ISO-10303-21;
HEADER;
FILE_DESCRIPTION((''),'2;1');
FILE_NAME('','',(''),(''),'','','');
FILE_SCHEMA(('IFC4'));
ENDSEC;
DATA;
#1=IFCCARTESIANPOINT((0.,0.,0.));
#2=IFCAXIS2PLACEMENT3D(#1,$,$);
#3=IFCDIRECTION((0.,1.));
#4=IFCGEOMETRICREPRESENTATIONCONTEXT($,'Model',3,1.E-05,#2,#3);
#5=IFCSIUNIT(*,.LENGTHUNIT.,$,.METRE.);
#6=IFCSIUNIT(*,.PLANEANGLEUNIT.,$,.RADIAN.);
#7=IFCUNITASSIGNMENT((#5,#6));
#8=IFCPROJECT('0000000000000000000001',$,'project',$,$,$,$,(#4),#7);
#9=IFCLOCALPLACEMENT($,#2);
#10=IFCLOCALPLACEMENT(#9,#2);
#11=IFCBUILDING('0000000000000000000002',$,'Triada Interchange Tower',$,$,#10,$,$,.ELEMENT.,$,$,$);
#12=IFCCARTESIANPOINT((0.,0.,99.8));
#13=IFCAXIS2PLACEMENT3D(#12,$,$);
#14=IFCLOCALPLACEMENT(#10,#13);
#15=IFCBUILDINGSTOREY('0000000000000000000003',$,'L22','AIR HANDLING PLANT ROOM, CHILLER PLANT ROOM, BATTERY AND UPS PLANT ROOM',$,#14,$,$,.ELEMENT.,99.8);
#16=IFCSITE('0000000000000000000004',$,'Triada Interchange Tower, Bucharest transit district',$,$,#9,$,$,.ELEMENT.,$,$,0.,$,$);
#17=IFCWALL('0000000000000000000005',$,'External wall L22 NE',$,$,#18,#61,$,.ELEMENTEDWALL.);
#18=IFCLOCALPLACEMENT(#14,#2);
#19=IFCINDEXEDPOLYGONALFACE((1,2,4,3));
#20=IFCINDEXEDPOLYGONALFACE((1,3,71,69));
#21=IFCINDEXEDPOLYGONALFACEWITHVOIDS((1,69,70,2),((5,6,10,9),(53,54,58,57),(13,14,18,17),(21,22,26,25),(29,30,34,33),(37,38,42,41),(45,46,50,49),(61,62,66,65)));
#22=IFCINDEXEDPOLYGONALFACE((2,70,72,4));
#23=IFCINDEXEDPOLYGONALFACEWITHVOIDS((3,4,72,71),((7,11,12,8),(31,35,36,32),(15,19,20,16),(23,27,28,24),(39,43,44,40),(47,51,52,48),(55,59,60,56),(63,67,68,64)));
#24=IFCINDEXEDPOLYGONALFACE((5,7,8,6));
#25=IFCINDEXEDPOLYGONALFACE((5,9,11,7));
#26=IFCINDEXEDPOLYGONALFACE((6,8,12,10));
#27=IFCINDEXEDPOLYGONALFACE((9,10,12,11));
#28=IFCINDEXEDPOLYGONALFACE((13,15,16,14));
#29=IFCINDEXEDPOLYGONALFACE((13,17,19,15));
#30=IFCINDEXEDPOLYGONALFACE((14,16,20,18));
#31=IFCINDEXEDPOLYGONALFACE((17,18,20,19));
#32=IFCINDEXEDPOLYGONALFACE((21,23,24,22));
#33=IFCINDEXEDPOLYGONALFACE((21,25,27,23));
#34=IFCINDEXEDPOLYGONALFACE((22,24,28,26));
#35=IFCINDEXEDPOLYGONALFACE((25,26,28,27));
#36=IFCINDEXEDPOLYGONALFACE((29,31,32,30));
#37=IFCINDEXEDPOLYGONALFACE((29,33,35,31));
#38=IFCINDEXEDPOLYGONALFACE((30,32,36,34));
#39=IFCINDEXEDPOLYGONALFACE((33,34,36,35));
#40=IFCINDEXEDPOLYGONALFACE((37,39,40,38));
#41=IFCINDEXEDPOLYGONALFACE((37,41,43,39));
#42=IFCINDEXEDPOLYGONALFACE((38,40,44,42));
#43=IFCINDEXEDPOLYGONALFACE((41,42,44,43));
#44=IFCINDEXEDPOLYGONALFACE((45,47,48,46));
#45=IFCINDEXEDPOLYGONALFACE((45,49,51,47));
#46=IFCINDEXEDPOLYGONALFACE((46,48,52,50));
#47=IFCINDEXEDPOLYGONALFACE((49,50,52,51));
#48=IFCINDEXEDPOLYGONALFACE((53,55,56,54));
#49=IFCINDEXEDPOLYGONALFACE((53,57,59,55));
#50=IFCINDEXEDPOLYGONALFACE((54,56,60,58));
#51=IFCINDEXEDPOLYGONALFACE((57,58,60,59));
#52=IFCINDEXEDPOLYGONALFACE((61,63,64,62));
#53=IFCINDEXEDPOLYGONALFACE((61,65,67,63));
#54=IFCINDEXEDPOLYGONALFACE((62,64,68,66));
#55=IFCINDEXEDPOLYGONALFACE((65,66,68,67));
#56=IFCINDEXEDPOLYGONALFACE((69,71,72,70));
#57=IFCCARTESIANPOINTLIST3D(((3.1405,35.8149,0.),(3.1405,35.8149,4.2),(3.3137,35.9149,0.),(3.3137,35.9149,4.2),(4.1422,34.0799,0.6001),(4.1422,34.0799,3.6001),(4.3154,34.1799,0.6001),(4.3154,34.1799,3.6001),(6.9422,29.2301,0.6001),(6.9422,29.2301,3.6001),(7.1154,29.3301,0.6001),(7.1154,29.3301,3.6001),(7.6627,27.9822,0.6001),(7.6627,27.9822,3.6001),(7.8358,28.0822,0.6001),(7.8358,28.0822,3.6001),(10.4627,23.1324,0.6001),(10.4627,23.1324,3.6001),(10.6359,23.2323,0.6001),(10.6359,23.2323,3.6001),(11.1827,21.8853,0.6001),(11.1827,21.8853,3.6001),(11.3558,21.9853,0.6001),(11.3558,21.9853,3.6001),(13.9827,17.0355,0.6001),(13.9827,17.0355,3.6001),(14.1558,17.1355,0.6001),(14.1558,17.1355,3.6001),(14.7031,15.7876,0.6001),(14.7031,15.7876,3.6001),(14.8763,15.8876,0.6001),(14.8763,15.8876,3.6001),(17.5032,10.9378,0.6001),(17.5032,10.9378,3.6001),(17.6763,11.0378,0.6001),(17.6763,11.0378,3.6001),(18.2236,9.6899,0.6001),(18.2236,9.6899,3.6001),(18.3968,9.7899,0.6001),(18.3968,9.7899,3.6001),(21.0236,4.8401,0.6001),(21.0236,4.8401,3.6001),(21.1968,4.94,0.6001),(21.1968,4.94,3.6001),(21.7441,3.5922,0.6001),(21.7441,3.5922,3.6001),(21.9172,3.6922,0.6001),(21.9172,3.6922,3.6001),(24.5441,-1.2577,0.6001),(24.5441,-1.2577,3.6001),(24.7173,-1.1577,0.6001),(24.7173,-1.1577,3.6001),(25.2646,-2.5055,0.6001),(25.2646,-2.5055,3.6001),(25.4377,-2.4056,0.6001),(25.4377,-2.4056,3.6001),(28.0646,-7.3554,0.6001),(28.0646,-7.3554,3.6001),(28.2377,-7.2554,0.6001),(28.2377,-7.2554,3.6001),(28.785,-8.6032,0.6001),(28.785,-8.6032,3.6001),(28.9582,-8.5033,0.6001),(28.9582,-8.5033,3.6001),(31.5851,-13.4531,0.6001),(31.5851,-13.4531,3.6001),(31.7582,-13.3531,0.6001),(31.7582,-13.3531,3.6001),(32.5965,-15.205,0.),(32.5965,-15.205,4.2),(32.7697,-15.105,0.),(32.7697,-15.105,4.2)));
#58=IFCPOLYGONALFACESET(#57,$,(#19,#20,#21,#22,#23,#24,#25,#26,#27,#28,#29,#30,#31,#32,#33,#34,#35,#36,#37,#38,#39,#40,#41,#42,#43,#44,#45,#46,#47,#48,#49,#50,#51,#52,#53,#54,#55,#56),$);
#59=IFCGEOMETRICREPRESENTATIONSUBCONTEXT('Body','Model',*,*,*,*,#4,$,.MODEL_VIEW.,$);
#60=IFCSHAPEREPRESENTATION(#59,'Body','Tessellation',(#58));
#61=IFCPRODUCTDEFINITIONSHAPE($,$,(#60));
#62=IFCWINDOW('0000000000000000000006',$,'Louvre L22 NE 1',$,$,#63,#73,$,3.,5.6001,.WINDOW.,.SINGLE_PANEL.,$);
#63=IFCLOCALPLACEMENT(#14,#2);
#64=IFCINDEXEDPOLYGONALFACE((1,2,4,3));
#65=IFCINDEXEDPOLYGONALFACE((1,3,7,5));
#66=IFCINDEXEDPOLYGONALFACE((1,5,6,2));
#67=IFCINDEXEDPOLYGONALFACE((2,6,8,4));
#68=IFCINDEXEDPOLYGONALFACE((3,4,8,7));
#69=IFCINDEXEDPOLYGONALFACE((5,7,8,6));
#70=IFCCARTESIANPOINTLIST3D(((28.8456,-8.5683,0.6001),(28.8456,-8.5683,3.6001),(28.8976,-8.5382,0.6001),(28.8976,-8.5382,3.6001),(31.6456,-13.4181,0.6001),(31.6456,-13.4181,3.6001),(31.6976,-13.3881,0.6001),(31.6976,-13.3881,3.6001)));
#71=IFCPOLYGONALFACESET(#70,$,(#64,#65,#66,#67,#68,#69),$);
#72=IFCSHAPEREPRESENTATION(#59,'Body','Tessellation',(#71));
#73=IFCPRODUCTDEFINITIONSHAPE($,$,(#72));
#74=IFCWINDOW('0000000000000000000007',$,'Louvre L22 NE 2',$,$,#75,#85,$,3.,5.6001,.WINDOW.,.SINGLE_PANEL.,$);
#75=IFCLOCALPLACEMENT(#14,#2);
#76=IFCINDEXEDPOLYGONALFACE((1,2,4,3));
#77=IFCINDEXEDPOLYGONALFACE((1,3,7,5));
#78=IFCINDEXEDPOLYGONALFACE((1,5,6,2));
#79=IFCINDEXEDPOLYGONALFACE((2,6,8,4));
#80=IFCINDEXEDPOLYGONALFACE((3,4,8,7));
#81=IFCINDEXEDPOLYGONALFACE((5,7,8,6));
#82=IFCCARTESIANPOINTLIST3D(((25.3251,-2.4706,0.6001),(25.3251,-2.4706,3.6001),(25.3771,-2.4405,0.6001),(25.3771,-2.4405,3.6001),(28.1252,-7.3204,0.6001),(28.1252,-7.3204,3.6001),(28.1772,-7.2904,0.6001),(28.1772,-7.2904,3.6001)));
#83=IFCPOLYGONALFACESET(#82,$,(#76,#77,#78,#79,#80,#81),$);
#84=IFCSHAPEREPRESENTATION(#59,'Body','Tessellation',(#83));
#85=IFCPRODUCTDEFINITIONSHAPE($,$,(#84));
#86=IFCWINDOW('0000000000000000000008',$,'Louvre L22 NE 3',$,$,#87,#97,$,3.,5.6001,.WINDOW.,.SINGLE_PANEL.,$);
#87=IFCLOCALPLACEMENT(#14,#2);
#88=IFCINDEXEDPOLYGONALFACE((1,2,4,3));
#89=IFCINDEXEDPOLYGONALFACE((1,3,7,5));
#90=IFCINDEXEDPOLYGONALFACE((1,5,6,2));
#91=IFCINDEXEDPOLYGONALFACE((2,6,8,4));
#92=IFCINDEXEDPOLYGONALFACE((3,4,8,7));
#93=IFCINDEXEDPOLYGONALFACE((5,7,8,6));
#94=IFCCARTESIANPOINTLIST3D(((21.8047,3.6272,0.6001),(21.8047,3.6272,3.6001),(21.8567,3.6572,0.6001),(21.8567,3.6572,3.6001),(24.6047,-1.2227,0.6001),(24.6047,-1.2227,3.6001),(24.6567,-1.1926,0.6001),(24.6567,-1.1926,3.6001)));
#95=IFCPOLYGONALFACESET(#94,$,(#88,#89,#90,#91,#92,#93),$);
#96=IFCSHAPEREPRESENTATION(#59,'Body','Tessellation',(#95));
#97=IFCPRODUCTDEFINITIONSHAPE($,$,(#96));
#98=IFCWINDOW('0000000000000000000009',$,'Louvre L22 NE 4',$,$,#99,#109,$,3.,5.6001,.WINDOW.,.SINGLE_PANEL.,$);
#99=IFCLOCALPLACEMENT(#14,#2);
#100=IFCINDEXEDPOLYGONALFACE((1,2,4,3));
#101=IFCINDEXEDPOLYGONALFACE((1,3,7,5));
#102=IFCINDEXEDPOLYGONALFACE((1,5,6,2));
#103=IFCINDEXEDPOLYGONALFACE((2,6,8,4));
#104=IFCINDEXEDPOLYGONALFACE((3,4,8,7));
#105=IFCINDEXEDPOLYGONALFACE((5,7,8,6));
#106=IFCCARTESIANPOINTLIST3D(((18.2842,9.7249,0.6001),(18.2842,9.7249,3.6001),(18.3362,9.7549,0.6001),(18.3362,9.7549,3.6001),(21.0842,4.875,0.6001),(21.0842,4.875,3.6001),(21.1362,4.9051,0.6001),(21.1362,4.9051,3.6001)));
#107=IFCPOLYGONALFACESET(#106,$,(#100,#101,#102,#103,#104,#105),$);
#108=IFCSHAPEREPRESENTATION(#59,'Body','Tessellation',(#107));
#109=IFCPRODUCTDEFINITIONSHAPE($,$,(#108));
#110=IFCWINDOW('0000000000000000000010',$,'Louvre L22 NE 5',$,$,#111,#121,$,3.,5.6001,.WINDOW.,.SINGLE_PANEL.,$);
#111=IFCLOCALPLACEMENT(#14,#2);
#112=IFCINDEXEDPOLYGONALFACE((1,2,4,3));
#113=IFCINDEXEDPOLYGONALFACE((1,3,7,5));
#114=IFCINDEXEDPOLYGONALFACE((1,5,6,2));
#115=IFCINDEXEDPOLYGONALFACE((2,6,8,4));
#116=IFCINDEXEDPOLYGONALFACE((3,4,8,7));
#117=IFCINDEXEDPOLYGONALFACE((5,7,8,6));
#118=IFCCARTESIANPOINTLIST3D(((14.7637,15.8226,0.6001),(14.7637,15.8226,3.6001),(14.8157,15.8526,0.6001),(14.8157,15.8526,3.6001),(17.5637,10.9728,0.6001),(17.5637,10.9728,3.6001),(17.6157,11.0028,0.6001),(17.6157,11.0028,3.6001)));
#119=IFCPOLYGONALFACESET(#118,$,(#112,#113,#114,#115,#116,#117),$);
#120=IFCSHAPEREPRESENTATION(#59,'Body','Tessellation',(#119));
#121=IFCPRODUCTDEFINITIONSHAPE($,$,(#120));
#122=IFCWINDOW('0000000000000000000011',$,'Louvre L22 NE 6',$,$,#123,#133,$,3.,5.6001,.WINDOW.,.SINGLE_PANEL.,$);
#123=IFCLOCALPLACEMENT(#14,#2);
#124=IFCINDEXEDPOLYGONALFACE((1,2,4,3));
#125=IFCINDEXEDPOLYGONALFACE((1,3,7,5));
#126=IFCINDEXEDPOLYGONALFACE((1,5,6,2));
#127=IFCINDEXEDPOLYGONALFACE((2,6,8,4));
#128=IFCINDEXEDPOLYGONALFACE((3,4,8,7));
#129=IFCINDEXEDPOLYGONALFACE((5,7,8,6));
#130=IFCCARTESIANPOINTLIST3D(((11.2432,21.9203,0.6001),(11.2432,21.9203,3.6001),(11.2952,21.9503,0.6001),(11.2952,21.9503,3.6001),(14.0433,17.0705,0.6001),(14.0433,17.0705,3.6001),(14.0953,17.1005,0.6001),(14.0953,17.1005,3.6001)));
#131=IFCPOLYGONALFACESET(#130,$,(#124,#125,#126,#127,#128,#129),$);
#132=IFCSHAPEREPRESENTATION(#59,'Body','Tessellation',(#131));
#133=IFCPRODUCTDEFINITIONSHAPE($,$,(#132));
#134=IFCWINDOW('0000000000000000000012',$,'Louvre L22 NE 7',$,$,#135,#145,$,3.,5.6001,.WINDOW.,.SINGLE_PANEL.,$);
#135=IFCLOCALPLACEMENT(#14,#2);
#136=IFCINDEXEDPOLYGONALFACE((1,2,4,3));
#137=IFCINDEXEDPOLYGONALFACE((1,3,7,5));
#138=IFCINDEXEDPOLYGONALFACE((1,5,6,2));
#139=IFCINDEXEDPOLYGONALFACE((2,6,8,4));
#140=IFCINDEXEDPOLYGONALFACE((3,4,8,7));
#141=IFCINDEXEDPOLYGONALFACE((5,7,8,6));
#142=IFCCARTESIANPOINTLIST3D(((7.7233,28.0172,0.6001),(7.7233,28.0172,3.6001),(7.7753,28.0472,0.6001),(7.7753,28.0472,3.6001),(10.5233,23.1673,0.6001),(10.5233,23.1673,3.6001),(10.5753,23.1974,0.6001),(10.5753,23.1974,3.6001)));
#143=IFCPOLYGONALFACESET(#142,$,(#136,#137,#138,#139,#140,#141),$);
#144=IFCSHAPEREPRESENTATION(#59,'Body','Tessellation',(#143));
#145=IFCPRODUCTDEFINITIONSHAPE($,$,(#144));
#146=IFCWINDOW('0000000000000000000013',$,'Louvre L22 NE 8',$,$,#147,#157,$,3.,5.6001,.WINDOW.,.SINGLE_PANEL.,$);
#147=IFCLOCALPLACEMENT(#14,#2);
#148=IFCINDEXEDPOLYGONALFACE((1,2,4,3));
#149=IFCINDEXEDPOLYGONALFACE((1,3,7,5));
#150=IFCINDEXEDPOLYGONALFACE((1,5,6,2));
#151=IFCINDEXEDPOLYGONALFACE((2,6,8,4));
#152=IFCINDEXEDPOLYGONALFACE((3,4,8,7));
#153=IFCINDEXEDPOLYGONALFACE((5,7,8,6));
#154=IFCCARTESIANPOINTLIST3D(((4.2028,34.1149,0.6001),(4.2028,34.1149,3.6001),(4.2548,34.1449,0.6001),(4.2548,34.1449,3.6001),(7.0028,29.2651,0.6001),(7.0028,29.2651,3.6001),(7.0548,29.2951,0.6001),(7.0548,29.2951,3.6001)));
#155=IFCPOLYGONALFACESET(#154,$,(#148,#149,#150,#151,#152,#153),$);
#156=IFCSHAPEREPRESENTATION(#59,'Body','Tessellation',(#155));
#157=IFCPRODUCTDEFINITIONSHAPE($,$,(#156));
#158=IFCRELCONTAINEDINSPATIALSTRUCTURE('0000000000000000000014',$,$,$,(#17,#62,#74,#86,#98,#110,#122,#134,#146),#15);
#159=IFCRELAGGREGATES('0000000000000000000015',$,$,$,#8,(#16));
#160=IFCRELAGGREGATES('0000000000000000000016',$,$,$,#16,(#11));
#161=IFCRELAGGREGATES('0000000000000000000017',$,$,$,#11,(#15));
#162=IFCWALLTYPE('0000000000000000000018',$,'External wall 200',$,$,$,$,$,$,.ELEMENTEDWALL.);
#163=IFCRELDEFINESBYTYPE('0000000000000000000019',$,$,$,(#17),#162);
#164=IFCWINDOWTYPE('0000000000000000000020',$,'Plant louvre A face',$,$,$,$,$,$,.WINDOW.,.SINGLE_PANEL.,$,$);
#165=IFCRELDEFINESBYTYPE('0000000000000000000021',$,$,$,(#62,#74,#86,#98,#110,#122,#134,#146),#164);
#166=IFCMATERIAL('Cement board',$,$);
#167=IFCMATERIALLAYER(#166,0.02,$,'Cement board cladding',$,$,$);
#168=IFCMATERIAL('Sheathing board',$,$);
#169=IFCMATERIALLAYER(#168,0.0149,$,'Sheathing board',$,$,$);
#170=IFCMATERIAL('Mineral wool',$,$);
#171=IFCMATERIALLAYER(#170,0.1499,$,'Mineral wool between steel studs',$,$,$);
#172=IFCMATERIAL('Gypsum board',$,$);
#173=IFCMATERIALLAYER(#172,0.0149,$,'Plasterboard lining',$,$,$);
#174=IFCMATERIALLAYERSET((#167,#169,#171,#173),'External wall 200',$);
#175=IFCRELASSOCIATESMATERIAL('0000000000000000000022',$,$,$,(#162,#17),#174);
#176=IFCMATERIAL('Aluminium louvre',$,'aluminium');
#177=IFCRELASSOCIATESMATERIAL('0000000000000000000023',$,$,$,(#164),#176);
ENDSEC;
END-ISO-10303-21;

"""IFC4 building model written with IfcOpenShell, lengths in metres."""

from ifc_helpers import new_model, si_unit, direction, frame, frame_2d, origin, place, context, subcontext, project, spatial, rectangle, extrude, material, layer, layer_set, layer_usage, type_object, element, fill, save


model = new_model("IFC4")

# Units and contexts
model_context = context("Model", 3, precision=1e-05, world=origin(), true_north=direction((0.0, 1.0)))
body_context = subcontext(model_context, "Body", "Model", "MODEL_VIEW")
ifc_project = project(units=[si_unit("LENGTHUNIT", "METRE"), si_unit("PLANEANGLEUNIT", "RADIAN")], contexts=[model_context])

# Site, building, storey
site_placement = place(None, origin())
site = spatial("IfcSite", under=ifc_project, at=site_placement, Name="Triada Interchange Tower, Bucharest transit district", CompositionType="ELEMENT", RefElevation=0.0)
building_placement = place(site_placement, origin())
building = spatial("IfcBuilding", under=site, at=building_placement, Name="Triada Interchange Tower", CompositionType="ELEMENT")
storey_placement = place(building_placement, frame((0.0, 0.0, 99.8)))
storey = spatial("IfcBuildingStorey", under=building, at=storey_placement, Name="L22", Description="AIR HANDLING PLANT ROOM, CHILLER PLANT ROOM, BATTERY AND UPS PLANT ROOM", CompositionType="ELEMENT", Elevation=99.8)

# Shared definitions
ifc_material_1 = material(Name="Cement board")
ifc_layer_1 = layer(ifc_material_1, 0.02, Name="Cement board cladding")
ifc_material_2 = material(Name="Sheathing board")
ifc_layer_2 = layer(ifc_material_2, 0.0149, Name="Sheathing board")
ifc_material_3 = material(Name="Mineral wool")
ifc_layer_3 = layer(ifc_material_3, 0.1499, Name="Mineral wool between steel studs")
ifc_material_4 = material(Name="Gypsum board")
ifc_layer_4 = layer(ifc_material_4, 0.0149, Name="Plasterboard lining")
ifc_layer_set_1 = layer_set([ifc_layer_1, ifc_layer_2, ifc_layer_3, ifc_layer_4], Name="External wall 200")
ifc_layer_usage = layer_usage(ifc_layer_set_1, "AXIS2", "POSITIVE", -0.1001)
wall_type = type_object("IfcWallType", Name="External wall 200", PredefinedType="ELEMENTEDWALL", material=ifc_layer_set_1)
ifc_material_5 = material(Name="Aluminium louvre", Category="aluminium")

# Wall, openings, windows
wall_1_placement = place(storey_placement, frame((32.6831, -15.155, 0.0), z_axis=(0.0, 0.0, 1.0), x_axis=(-0.499995, 0.866028, 0.0)))
wall_1 = element("IfcWall", 1, at=wall_1_placement, inside=storey, type_object=wall_type, material=ifc_layer_usage, Name="External wall L22 NE", PredefinedType="ELEMENTEDWALL", context=body_context, shape_type="SweptSolid", body=[
    extrude(rectangle(XDim=58.9126, YDim=0.2, at=frame_2d((29.4563, 0.0))), origin(), (0.0, 0.0, 1.0), 4.2),
])
opening_1_placement = place(wall_1_placement, frame((2.0229, 0.0, 0.6001)))
opening_1 = element("IfcOpeningElement", 2, at=opening_1_placement, cuts=wall_1, PredefinedType="OPENING", context=body_context, shape_type="SweptSolid", body=[
    extrude(rectangle(XDim=5.6001, YDim=3.0, at=frame_2d((2.8, 1.5))), frame((0.0, 0.1099, 0.0), z_axis=(0.0, -1.0, 0.0), x_axis=(1.0, 0.0, 0.0)), (0.0, 0.0, 1.0), 0.22),
])
opening_2_placement = place(wall_1_placement, frame((9.064, 0.0, 0.6001)))
opening_2 = element("IfcOpeningElement", 3, at=opening_2_placement, cuts=wall_1, PredefinedType="OPENING", context=body_context, shape_type="SweptSolid", body=[
    extrude(rectangle(XDim=5.6001, YDim=3.0, at=frame_2d((2.8, 1.5))), frame((0.0, 0.1099, 0.0), z_axis=(0.0, -1.0, 0.0), x_axis=(1.0, 0.0, 0.0)), (0.0, 0.0, 1.0), 0.22),
])
opening_3_placement = place(wall_1_placement, frame((16.105, 0.0, 0.6001)))
opening_3 = element("IfcOpeningElement", 4, at=opening_3_placement, cuts=wall_1, PredefinedType="OPENING", context=body_context, shape_type="SweptSolid", body=[
    extrude(rectangle(XDim=5.6001, YDim=3.0, at=frame_2d((2.8, 1.5))), frame((0.0, 0.1099, 0.0), z_axis=(0.0, -1.0, 0.0), x_axis=(1.0, 0.0, 0.0)), (0.0, 0.0, 1.0), 0.22),
])
opening_4_placement = place(wall_1_placement, frame((23.146, 0.0, 0.6001)))
opening_4 = element("IfcOpeningElement", 5, at=opening_4_placement, cuts=wall_1, PredefinedType="OPENING", context=body_context, shape_type="SweptSolid", body=[
    extrude(rectangle(XDim=5.6001, YDim=3.0, at=frame_2d((2.8, 1.5))), frame((0.0, 0.1099, 0.0), z_axis=(0.0, -1.0, 0.0), x_axis=(1.0, 0.0, 0.0)), (0.0, 0.0, 1.0), 0.22),
])
opening_5_placement = place(wall_1_placement, frame((30.187, 0.0, 0.6001)))
opening_5 = element("IfcOpeningElement", 6, at=opening_5_placement, cuts=wall_1, PredefinedType="OPENING", context=body_context, shape_type="SweptSolid", body=[
    extrude(rectangle(XDim=5.6001, YDim=3.0, at=frame_2d((2.8, 1.5))), frame((0.0, 0.1099, 0.0), z_axis=(0.0, -1.0, 0.0), x_axis=(1.0, 0.0, 0.0)), (0.0, 0.0, 1.0), 0.22),
])
opening_6_placement = place(wall_1_placement, frame((37.228, 0.0, 0.6001)))
opening_6 = element("IfcOpeningElement", 7, at=opening_6_placement, cuts=wall_1, PredefinedType="OPENING", context=body_context, shape_type="SweptSolid", body=[
    extrude(rectangle(XDim=5.6001, YDim=3.0, at=frame_2d((2.8, 1.5))), frame((0.0, 0.1099, 0.0), z_axis=(0.0, -1.0, 0.0), x_axis=(1.0, 0.0, 0.0)), (0.0, 0.0, 1.0), 0.22),
])
opening_7_placement = place(wall_1_placement, frame((44.2681, 0.0, 0.6001)))
opening_7 = element("IfcOpeningElement", 8, at=opening_7_placement, cuts=wall_1, PredefinedType="OPENING", context=body_context, shape_type="SweptSolid", body=[
    extrude(rectangle(XDim=5.6001, YDim=3.0, at=frame_2d((2.8, 1.5))), frame((0.0, 0.1099, 0.0), z_axis=(0.0, -1.0, 0.0), x_axis=(1.0, 0.0, 0.0)), (0.0, 0.0, 1.0), 0.22),
])
opening_8_placement = place(wall_1_placement, frame((51.3091, 0.0, 0.6001)))
opening_8 = element("IfcOpeningElement", 9, at=opening_8_placement, cuts=wall_1, PredefinedType="OPENING", context=body_context, shape_type="SweptSolid", body=[
    extrude(rectangle(XDim=5.6001, YDim=3.0, at=frame_2d((2.8, 1.5))), frame((0.0, 0.1099, 0.0), z_axis=(0.0, -1.0, 0.0), x_axis=(1.0, 0.0, 0.0)), (0.0, 0.0, 1.0), 0.22),
])
window_type_1 = type_object("IfcWindowType", Name="Plant louvre A face", PartitioningType="SINGLE_PANEL", PredefinedType="WINDOW", material=ifc_material_5)
window_1_placement = place(opening_1_placement, origin())
window_1 = element("IfcWindow", 10, at=window_1_placement, inside=storey, type_object=window_type_1, Name="Louvre L22 NE 1", OverallHeight=3.0, OverallWidth=5.6001, PartitioningType="SINGLE_PANEL", PredefinedType="WINDOW", context=body_context, shape_type="SweptSolid", body=[
    extrude(rectangle(XDim=5.6001, YDim=3.0, at=frame_2d((2.8, 1.5))), frame((0.0, 0.03, 0.0), z_axis=(0.0, -1.0, 0.0), x_axis=(1.0, 0.0, 0.0)), (0.0, 0.0, 1.0), 0.0601),
])
fill(opening_1, window_1)
window_2_placement = place(opening_2_placement, origin())
window_2 = element("IfcWindow", 11, at=window_2_placement, inside=storey, type_object=window_type_1, Name="Louvre L22 NE 2", OverallHeight=3.0, OverallWidth=5.6001, PartitioningType="SINGLE_PANEL", PredefinedType="WINDOW", context=body_context, shape_type="SweptSolid", body=[
    extrude(rectangle(XDim=5.6001, YDim=3.0, at=frame_2d((2.8, 1.5))), frame((0.0, 0.03, 0.0), z_axis=(0.0, -1.0, 0.0), x_axis=(1.0, 0.0, 0.0)), (0.0, 0.0, 1.0), 0.0601),
])
fill(opening_2, window_2)
window_3_placement = place(opening_3_placement, origin())
window_3 = element("IfcWindow", 12, at=window_3_placement, inside=storey, type_object=window_type_1, Name="Louvre L22 NE 3", OverallHeight=3.0, OverallWidth=5.6001, PartitioningType="SINGLE_PANEL", PredefinedType="WINDOW", context=body_context, shape_type="SweptSolid", body=[
    extrude(rectangle(XDim=5.6001, YDim=3.0, at=frame_2d((2.8, 1.5))), frame((0.0, 0.03, 0.0), z_axis=(0.0, -1.0, 0.0), x_axis=(1.0, 0.0, 0.0)), (0.0, 0.0, 1.0), 0.0601),
])
fill(opening_3, window_3)
window_4_placement = place(opening_4_placement, origin())
window_4 = element("IfcWindow", 13, at=window_4_placement, inside=storey, type_object=window_type_1, Name="Louvre L22 NE 4", OverallHeight=3.0, OverallWidth=5.6001, PartitioningType="SINGLE_PANEL", PredefinedType="WINDOW", context=body_context, shape_type="SweptSolid", body=[
    extrude(rectangle(XDim=5.6001, YDim=3.0, at=frame_2d((2.8, 1.5))), frame((0.0, 0.03, 0.0), z_axis=(0.0, -1.0, 0.0), x_axis=(1.0, 0.0, 0.0)), (0.0, 0.0, 1.0), 0.0601),
])
fill(opening_4, window_4)
window_5_placement = place(opening_5_placement, origin())
window_5 = element("IfcWindow", 14, at=window_5_placement, inside=storey, type_object=window_type_1, Name="Louvre L22 NE 5", OverallHeight=3.0, OverallWidth=5.6001, PartitioningType="SINGLE_PANEL", PredefinedType="WINDOW", context=body_context, shape_type="SweptSolid", body=[
    extrude(rectangle(XDim=5.6001, YDim=3.0, at=frame_2d((2.8, 1.5))), frame((0.0, 0.03, 0.0), z_axis=(0.0, -1.0, 0.0), x_axis=(1.0, 0.0, 0.0)), (0.0, 0.0, 1.0), 0.0601),
])
fill(opening_5, window_5)
window_6_placement = place(opening_6_placement, origin())
window_6 = element("IfcWindow", 15, at=window_6_placement, inside=storey, type_object=window_type_1, Name="Louvre L22 NE 6", OverallHeight=3.0, OverallWidth=5.6001, PartitioningType="SINGLE_PANEL", PredefinedType="WINDOW", context=body_context, shape_type="SweptSolid", body=[
    extrude(rectangle(XDim=5.6001, YDim=3.0, at=frame_2d((2.8, 1.5))), frame((0.0, 0.03, 0.0), z_axis=(0.0, -1.0, 0.0), x_axis=(1.0, 0.0, 0.0)), (0.0, 0.0, 1.0), 0.0601),
])
fill(opening_6, window_6)
window_7_placement = place(opening_7_placement, origin())
window_7 = element("IfcWindow", 16, at=window_7_placement, inside=storey, type_object=window_type_1, Name="Louvre L22 NE 7", OverallHeight=3.0, OverallWidth=5.6001, PartitioningType="SINGLE_PANEL", PredefinedType="WINDOW", context=body_context, shape_type="SweptSolid", body=[
    extrude(rectangle(XDim=5.6001, YDim=3.0, at=frame_2d((2.8, 1.5))), frame((0.0, 0.03, 0.0), z_axis=(0.0, -1.0, 0.0), x_axis=(1.0, 0.0, 0.0)), (0.0, 0.0, 1.0), 0.0601),
])
fill(opening_7, window_7)
window_8_placement = place(opening_8_placement, origin())
window_8 = element("IfcWindow", 17, at=window_8_placement, inside=storey, type_object=window_type_1, Name="Louvre L22 NE 8", OverallHeight=3.0, OverallWidth=5.6001, PartitioningType="SINGLE_PANEL", PredefinedType="WINDOW", context=body_context, shape_type="SweptSolid", body=[
    extrude(rectangle(XDim=5.6001, YDim=3.0, at=frame_2d((2.8, 1.5))), frame((0.0, 0.03, 0.0), z_axis=(0.0, -1.0, 0.0), x_axis=(1.0, 0.0, 0.0)), (0.0, 0.0, 1.0), 0.0601),
])
fill(opening_8, window_8)

save(model, "model.ifc")
